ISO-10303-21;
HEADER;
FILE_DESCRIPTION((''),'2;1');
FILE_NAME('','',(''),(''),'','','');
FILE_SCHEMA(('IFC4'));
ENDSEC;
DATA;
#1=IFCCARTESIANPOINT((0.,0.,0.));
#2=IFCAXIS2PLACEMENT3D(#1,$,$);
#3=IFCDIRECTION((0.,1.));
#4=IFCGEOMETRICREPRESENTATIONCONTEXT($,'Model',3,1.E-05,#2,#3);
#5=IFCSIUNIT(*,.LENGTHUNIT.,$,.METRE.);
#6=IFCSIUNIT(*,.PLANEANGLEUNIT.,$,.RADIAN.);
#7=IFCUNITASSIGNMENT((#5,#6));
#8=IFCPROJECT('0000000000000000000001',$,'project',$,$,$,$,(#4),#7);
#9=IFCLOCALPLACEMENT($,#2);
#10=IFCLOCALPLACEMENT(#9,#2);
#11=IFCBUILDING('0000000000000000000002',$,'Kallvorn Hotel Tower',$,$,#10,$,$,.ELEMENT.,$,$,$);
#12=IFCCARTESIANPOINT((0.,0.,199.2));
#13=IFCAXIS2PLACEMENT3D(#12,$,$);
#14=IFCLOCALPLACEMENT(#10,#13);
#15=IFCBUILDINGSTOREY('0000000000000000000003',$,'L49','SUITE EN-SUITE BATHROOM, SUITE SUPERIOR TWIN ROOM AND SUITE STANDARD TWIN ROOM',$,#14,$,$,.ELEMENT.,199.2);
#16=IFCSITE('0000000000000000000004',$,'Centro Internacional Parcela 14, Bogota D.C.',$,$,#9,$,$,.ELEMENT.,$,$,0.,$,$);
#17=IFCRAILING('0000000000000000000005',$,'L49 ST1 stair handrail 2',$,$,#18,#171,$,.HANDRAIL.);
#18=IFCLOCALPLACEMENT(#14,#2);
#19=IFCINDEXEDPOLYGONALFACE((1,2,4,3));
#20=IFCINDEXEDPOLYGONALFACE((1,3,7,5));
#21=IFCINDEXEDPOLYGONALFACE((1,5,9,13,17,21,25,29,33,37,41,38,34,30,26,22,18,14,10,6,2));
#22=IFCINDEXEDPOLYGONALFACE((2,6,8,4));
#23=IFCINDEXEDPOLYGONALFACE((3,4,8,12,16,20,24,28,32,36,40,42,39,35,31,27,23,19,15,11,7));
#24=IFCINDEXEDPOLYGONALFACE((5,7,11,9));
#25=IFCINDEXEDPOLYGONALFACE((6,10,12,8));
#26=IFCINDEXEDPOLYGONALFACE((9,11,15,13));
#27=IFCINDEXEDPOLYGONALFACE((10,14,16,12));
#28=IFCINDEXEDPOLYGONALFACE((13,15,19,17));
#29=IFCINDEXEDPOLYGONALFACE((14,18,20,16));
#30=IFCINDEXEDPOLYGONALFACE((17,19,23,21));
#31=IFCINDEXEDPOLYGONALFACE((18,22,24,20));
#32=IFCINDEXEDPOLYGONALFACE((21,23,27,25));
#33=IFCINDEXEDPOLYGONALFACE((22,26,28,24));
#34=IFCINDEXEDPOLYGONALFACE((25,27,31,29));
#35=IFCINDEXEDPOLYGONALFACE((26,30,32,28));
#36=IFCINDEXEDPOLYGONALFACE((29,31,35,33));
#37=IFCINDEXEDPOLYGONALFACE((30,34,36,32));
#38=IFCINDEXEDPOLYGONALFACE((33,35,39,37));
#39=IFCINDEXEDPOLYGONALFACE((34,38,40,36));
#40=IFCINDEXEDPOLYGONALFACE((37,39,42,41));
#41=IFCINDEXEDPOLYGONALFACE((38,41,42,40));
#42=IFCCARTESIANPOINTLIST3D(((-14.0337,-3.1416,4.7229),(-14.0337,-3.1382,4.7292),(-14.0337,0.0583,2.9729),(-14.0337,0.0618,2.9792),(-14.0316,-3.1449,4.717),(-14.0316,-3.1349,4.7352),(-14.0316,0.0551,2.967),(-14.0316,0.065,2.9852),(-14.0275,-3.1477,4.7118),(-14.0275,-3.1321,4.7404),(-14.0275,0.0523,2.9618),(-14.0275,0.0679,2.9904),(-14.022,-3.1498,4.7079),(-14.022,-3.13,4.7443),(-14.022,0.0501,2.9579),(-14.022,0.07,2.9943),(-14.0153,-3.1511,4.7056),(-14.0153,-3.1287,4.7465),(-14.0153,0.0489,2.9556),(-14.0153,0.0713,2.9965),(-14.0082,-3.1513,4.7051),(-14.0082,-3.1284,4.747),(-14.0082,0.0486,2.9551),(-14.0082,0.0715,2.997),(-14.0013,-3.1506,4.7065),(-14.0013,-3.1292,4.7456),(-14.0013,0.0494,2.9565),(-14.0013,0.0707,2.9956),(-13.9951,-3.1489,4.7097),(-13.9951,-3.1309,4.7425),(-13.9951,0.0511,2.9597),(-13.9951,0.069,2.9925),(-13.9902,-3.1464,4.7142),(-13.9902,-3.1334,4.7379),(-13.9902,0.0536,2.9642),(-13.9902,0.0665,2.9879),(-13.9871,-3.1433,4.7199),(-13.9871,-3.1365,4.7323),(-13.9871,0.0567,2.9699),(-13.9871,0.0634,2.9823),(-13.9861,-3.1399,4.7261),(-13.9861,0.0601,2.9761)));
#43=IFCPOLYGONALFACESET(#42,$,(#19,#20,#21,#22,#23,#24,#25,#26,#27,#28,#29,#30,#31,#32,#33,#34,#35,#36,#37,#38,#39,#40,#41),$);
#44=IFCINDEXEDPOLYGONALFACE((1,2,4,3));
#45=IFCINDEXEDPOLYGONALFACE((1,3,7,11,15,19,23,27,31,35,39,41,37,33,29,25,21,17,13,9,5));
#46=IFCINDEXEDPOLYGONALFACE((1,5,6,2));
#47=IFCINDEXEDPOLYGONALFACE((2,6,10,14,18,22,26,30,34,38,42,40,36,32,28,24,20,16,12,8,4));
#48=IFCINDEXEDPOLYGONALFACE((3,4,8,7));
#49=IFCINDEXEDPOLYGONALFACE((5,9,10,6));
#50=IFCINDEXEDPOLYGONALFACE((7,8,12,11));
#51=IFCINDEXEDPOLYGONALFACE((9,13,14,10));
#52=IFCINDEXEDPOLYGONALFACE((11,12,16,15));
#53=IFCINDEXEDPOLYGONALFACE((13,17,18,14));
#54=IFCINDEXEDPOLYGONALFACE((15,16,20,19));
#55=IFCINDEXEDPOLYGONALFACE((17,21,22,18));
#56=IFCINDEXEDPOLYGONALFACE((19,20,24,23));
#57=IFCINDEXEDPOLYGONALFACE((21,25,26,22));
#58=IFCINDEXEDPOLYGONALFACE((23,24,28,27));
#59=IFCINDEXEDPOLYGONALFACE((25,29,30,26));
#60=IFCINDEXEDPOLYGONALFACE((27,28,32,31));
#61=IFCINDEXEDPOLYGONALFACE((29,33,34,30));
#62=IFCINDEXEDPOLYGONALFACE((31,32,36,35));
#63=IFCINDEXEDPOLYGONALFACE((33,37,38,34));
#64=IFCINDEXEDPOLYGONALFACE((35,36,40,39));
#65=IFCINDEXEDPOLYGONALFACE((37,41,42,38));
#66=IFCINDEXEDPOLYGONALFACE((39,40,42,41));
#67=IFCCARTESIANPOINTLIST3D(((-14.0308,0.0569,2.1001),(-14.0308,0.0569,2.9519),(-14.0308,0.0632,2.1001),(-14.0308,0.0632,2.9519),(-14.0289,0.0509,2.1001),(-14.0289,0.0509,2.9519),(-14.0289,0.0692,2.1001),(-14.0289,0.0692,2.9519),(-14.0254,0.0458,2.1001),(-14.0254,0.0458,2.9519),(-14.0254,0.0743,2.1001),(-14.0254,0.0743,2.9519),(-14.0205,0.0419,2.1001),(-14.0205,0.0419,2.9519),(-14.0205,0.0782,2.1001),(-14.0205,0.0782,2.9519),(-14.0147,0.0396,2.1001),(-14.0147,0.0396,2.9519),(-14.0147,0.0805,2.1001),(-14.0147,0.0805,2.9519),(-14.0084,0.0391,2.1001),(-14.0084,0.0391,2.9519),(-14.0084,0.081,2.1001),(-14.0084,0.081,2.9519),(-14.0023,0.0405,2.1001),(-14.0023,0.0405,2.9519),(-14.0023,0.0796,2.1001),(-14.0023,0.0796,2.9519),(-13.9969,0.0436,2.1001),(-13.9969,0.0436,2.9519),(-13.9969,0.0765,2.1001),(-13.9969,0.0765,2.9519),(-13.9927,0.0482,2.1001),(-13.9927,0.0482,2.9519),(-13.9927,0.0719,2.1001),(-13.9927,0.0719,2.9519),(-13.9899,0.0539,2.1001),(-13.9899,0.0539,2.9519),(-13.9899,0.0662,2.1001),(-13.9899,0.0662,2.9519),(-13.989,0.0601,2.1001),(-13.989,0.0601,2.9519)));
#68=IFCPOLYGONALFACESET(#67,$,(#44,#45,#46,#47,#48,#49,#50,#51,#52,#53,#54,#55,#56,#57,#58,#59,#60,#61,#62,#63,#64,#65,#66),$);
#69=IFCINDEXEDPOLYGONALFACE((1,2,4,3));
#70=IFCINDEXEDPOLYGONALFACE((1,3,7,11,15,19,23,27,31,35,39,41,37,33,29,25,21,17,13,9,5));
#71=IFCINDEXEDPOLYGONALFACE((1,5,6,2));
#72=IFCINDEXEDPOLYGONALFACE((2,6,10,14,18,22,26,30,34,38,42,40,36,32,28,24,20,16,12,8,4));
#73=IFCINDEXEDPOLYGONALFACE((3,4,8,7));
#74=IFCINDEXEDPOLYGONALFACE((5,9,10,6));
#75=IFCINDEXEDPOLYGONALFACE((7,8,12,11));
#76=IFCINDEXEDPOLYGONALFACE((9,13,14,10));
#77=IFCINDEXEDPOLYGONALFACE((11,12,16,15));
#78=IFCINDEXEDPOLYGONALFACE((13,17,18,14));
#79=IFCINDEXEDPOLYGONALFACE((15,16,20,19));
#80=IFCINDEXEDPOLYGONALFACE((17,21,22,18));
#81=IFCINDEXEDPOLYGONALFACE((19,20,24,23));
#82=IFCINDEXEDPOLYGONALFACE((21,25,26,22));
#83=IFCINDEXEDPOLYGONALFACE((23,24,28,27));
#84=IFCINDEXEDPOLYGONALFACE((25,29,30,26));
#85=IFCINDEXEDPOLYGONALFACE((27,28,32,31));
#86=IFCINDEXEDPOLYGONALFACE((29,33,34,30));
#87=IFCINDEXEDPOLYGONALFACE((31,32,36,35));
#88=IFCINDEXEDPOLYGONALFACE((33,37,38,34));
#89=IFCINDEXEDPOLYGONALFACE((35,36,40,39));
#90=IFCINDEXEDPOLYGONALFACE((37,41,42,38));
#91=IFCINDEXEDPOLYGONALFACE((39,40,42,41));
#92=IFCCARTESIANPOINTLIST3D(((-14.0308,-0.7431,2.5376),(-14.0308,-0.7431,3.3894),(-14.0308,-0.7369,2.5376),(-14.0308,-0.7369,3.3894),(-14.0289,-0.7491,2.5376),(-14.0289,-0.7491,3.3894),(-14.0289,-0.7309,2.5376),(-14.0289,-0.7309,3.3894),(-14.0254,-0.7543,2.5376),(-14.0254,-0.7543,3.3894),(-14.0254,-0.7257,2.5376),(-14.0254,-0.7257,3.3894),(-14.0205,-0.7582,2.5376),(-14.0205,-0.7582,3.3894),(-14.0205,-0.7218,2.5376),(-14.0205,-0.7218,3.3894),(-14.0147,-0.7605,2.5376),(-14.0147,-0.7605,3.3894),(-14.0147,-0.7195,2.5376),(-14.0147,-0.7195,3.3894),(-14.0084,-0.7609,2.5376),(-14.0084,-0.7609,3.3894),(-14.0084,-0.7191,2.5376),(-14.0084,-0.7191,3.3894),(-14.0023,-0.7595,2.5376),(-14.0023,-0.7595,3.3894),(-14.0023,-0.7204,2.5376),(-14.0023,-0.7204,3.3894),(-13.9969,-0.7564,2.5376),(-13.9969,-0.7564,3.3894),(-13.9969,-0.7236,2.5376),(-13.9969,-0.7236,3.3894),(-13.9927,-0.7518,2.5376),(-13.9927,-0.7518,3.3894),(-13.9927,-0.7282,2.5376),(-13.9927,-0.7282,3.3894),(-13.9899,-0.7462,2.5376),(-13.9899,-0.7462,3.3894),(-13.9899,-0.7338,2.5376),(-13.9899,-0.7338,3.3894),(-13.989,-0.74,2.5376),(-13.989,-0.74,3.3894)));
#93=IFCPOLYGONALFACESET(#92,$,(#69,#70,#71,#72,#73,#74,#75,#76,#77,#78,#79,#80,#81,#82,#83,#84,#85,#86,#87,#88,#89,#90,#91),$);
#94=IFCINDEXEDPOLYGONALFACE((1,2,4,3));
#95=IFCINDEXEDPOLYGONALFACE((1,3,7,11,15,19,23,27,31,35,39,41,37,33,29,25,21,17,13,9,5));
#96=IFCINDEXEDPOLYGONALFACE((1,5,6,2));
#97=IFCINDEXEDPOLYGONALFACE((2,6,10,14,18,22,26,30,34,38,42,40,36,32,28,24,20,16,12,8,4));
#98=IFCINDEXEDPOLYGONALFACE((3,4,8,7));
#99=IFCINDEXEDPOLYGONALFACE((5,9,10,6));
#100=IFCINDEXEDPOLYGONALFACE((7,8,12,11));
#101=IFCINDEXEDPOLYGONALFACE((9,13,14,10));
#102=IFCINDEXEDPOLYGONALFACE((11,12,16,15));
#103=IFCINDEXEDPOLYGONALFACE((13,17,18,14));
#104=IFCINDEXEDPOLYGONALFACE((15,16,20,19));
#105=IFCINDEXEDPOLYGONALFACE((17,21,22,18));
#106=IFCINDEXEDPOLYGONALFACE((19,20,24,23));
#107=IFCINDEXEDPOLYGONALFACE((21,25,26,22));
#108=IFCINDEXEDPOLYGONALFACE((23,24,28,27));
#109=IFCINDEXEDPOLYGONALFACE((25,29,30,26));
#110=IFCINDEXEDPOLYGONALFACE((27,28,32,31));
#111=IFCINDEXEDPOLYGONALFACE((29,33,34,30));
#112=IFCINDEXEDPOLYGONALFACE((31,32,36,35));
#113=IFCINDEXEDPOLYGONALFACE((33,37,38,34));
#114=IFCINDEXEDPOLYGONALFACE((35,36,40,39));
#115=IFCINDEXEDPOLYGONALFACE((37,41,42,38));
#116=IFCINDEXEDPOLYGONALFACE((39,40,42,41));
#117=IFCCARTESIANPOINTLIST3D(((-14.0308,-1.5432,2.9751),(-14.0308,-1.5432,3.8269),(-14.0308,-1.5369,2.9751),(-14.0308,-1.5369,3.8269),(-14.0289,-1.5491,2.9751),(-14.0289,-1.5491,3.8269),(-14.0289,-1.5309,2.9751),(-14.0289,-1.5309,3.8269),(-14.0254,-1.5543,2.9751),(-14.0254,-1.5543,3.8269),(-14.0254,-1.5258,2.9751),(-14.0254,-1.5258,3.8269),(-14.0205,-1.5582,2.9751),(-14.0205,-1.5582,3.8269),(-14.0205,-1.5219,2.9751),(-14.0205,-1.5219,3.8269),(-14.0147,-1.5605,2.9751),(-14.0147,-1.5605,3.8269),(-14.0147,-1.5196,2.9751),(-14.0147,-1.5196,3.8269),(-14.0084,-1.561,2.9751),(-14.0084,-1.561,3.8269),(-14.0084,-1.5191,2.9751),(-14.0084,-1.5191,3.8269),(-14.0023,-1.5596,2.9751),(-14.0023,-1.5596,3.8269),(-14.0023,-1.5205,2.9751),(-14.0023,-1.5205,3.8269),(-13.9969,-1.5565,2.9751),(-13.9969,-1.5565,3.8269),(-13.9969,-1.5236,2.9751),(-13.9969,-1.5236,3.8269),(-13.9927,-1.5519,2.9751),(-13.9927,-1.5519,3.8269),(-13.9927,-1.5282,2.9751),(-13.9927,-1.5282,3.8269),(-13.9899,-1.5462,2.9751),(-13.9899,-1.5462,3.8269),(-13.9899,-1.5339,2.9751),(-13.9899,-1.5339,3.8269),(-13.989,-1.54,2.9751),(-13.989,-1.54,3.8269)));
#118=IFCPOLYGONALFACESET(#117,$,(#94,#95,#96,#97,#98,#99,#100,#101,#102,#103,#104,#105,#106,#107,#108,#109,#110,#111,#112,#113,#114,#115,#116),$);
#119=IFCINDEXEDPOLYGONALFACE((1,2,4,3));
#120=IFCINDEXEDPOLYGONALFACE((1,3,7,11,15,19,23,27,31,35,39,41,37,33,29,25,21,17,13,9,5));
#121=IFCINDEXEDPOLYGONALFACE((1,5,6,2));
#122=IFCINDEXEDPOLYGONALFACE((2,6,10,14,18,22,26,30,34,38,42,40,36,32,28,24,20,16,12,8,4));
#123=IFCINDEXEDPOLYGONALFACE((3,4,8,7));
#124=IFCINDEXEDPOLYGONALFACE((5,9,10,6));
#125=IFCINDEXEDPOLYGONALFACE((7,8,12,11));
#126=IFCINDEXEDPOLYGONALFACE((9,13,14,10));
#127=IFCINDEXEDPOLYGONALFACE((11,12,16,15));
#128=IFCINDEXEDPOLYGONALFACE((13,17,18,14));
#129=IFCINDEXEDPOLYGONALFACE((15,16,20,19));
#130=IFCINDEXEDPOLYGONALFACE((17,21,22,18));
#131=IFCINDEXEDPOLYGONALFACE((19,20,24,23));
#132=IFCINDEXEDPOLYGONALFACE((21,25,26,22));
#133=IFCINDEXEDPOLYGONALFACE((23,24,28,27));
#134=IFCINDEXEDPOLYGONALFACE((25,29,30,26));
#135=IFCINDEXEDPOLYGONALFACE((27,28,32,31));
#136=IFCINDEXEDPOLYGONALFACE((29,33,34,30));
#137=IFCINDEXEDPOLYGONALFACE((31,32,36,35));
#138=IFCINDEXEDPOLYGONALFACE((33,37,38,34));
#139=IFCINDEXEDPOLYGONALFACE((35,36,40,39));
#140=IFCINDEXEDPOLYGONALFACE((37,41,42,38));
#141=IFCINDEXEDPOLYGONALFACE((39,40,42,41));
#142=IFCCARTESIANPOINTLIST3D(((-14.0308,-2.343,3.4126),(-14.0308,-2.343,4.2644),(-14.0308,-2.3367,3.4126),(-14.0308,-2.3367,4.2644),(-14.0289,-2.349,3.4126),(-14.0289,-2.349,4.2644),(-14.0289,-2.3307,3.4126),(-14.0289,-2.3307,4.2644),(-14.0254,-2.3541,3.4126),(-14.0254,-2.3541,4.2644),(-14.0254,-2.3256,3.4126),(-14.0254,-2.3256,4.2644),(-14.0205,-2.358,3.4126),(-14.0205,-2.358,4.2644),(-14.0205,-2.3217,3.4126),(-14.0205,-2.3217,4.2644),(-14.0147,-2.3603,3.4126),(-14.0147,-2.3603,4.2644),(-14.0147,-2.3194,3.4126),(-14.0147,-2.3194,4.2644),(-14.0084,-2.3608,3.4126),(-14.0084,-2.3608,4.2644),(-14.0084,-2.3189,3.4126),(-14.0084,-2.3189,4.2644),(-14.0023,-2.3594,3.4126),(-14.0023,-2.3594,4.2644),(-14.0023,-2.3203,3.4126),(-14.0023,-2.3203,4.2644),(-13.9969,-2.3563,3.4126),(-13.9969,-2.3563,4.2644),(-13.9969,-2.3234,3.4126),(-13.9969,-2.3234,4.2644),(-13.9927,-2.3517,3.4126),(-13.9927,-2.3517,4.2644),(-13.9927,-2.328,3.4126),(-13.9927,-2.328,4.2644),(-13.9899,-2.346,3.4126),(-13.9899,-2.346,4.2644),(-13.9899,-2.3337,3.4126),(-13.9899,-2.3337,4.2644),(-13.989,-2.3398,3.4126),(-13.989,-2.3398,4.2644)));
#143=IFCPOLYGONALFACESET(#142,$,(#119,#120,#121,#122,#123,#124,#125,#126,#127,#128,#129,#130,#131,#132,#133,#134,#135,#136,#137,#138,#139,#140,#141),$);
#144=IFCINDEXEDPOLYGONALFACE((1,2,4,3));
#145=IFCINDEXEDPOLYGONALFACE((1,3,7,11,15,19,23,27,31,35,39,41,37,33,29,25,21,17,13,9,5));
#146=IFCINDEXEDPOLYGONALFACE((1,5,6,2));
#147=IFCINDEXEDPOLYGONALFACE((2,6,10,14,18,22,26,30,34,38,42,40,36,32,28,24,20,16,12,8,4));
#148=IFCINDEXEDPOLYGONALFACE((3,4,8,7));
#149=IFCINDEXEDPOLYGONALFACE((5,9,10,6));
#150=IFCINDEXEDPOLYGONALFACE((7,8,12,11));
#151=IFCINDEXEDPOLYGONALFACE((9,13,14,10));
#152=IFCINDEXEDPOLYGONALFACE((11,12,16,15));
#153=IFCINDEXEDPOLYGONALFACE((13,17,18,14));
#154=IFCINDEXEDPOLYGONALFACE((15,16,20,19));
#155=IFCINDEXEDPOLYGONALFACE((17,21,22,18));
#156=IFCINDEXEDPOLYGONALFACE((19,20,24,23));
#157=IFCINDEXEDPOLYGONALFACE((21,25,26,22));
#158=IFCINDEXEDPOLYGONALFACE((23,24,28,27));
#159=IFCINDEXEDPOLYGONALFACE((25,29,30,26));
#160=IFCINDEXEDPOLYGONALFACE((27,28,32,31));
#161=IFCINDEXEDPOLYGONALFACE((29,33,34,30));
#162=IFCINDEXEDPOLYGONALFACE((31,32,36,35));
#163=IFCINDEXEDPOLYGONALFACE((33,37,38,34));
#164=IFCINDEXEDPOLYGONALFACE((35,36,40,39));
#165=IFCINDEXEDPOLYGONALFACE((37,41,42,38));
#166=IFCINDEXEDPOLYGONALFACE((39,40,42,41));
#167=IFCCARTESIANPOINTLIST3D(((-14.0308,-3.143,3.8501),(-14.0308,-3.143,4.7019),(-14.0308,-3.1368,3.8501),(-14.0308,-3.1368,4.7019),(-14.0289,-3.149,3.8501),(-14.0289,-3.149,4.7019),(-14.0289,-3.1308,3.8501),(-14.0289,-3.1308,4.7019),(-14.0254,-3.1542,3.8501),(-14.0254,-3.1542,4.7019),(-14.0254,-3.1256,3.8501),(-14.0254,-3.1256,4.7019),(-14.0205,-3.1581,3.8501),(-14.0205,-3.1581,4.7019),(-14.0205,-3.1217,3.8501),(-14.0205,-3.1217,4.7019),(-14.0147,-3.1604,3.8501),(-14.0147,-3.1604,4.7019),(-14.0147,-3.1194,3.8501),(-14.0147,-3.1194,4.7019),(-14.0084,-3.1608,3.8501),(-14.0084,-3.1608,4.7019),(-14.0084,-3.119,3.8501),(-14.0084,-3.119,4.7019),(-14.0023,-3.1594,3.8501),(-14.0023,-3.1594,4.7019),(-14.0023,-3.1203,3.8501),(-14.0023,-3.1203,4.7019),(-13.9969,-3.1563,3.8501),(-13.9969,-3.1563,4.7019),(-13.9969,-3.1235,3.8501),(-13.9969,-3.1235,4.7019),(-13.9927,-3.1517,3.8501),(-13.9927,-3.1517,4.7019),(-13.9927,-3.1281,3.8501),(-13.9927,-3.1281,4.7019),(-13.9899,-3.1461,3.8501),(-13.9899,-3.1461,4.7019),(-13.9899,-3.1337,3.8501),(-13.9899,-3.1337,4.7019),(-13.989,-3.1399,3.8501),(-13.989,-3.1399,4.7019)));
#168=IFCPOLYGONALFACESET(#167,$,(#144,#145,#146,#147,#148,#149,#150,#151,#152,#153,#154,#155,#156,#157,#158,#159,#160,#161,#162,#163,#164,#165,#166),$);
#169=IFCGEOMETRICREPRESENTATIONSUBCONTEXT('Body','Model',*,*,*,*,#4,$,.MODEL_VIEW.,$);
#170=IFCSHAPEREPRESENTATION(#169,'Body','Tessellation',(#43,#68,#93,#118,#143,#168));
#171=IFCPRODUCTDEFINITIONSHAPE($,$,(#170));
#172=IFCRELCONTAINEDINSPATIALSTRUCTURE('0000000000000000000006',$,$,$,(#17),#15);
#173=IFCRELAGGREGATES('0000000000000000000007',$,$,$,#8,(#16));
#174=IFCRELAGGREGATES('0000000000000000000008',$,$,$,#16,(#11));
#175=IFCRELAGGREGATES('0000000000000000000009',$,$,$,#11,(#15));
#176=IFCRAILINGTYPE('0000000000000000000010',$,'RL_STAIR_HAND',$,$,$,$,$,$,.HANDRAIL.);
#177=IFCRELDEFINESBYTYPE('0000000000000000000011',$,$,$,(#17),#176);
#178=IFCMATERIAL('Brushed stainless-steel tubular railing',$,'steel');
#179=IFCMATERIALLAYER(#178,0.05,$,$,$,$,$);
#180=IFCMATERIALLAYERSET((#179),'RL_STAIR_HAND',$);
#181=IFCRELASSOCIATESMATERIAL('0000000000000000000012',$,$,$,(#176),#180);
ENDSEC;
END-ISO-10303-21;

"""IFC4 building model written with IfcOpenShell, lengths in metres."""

from ifc_helpers import new_model, si_unit, direction, frame, origin, origin_2d, place, context, subcontext, project, spatial, circle, extrude, material, layer, layer_set, type_object, element, save


model = new_model("IFC4")

# Units and contexts
model_context = context("Model", 3, precision=1e-05, world=origin(), true_north=direction((0.0, 1.0)))
body_context = subcontext(model_context, "Body", "Model", "MODEL_VIEW")
ifc_project = project(units=[si_unit("LENGTHUNIT", "METRE"), si_unit("PLANEANGLEUNIT", "RADIAN")], contexts=[model_context])

# Site, building, storey
site_placement = place(None, origin())
site = spatial("IfcSite", under=ifc_project, at=site_placement, Name="Centro Internacional Parcela 14, Bogota D.C.", CompositionType="ELEMENT", RefElevation=0.0)
building_placement = place(site_placement, origin())
building = spatial("IfcBuilding", under=site, at=building_placement, Name="Kallvorn Hotel Tower", CompositionType="ELEMENT")
storey_placement = place(building_placement, frame((0.0, 0.0, 199.2)))
storey = spatial("IfcBuildingStorey", under=building, at=storey_placement, Name="L49", Description="SUITE EN-SUITE BATHROOM, SUITE SUPERIOR TWIN ROOM AND SUITE STANDARD TWIN ROOM", CompositionType="ELEMENT", Elevation=199.2)

# Railing
ifc_material_1 = material(Name="Brushed stainless-steel tubular railing", Category="steel")
ifc_layer_1 = layer(ifc_material_1, 0.05)
ifc_layer_set_1 = layer_set([ifc_layer_1], Name="RL_STAIR_HAND")
railing_type_1 = type_object("IfcRailingType", Name="RL_STAIR_HAND", PredefinedType="HANDRAIL", material=ifc_layer_set_1)
railing_1_placement = place(storey_placement, frame((-14.01, 0.0601, 2.1001)))
element("IfcRailing", 1, at=railing_1_placement, inside=storey, type_object=railing_type_1, Name="L49 ST1 stair handrail 2", PredefinedType="HANDRAIL", context=body_context, shape_type="SweptSolid", body=[
    extrude(circle(Radius=0.0239, at=origin_2d()), frame((0.0, 0.0, 0.876), z_axis=(0.0, -0.877368, 0.479818), x_axis=(1.0, 0.0, 0.0)), (0.0, 0.0, 1.0), 3.6472),
    extrude(circle(Radius=0.021, at=origin_2d()), origin(), (0.0, 0.0, 1.0), 0.8518),
    extrude(circle(Radius=0.021, at=origin_2d()), frame((0.0, -0.8, 0.4375)), (0.0, 0.0, 1.0), 0.8518),
    extrude(circle(Radius=0.021, at=origin_2d()), frame((0.0, -1.6001, 0.875)), (0.0, 0.0, 1.0), 0.8518),
    extrude(circle(Radius=0.021, at=origin_2d()), frame((0.0, -2.3999, 1.3125)), (0.0, 0.0, 1.0), 0.8518),
    extrude(circle(Radius=0.021, at=origin_2d()), frame((0.0, -3.2, 1.75)), (0.0, 0.0, 1.0), 0.8518),
])

save(model, "model.ifc")
